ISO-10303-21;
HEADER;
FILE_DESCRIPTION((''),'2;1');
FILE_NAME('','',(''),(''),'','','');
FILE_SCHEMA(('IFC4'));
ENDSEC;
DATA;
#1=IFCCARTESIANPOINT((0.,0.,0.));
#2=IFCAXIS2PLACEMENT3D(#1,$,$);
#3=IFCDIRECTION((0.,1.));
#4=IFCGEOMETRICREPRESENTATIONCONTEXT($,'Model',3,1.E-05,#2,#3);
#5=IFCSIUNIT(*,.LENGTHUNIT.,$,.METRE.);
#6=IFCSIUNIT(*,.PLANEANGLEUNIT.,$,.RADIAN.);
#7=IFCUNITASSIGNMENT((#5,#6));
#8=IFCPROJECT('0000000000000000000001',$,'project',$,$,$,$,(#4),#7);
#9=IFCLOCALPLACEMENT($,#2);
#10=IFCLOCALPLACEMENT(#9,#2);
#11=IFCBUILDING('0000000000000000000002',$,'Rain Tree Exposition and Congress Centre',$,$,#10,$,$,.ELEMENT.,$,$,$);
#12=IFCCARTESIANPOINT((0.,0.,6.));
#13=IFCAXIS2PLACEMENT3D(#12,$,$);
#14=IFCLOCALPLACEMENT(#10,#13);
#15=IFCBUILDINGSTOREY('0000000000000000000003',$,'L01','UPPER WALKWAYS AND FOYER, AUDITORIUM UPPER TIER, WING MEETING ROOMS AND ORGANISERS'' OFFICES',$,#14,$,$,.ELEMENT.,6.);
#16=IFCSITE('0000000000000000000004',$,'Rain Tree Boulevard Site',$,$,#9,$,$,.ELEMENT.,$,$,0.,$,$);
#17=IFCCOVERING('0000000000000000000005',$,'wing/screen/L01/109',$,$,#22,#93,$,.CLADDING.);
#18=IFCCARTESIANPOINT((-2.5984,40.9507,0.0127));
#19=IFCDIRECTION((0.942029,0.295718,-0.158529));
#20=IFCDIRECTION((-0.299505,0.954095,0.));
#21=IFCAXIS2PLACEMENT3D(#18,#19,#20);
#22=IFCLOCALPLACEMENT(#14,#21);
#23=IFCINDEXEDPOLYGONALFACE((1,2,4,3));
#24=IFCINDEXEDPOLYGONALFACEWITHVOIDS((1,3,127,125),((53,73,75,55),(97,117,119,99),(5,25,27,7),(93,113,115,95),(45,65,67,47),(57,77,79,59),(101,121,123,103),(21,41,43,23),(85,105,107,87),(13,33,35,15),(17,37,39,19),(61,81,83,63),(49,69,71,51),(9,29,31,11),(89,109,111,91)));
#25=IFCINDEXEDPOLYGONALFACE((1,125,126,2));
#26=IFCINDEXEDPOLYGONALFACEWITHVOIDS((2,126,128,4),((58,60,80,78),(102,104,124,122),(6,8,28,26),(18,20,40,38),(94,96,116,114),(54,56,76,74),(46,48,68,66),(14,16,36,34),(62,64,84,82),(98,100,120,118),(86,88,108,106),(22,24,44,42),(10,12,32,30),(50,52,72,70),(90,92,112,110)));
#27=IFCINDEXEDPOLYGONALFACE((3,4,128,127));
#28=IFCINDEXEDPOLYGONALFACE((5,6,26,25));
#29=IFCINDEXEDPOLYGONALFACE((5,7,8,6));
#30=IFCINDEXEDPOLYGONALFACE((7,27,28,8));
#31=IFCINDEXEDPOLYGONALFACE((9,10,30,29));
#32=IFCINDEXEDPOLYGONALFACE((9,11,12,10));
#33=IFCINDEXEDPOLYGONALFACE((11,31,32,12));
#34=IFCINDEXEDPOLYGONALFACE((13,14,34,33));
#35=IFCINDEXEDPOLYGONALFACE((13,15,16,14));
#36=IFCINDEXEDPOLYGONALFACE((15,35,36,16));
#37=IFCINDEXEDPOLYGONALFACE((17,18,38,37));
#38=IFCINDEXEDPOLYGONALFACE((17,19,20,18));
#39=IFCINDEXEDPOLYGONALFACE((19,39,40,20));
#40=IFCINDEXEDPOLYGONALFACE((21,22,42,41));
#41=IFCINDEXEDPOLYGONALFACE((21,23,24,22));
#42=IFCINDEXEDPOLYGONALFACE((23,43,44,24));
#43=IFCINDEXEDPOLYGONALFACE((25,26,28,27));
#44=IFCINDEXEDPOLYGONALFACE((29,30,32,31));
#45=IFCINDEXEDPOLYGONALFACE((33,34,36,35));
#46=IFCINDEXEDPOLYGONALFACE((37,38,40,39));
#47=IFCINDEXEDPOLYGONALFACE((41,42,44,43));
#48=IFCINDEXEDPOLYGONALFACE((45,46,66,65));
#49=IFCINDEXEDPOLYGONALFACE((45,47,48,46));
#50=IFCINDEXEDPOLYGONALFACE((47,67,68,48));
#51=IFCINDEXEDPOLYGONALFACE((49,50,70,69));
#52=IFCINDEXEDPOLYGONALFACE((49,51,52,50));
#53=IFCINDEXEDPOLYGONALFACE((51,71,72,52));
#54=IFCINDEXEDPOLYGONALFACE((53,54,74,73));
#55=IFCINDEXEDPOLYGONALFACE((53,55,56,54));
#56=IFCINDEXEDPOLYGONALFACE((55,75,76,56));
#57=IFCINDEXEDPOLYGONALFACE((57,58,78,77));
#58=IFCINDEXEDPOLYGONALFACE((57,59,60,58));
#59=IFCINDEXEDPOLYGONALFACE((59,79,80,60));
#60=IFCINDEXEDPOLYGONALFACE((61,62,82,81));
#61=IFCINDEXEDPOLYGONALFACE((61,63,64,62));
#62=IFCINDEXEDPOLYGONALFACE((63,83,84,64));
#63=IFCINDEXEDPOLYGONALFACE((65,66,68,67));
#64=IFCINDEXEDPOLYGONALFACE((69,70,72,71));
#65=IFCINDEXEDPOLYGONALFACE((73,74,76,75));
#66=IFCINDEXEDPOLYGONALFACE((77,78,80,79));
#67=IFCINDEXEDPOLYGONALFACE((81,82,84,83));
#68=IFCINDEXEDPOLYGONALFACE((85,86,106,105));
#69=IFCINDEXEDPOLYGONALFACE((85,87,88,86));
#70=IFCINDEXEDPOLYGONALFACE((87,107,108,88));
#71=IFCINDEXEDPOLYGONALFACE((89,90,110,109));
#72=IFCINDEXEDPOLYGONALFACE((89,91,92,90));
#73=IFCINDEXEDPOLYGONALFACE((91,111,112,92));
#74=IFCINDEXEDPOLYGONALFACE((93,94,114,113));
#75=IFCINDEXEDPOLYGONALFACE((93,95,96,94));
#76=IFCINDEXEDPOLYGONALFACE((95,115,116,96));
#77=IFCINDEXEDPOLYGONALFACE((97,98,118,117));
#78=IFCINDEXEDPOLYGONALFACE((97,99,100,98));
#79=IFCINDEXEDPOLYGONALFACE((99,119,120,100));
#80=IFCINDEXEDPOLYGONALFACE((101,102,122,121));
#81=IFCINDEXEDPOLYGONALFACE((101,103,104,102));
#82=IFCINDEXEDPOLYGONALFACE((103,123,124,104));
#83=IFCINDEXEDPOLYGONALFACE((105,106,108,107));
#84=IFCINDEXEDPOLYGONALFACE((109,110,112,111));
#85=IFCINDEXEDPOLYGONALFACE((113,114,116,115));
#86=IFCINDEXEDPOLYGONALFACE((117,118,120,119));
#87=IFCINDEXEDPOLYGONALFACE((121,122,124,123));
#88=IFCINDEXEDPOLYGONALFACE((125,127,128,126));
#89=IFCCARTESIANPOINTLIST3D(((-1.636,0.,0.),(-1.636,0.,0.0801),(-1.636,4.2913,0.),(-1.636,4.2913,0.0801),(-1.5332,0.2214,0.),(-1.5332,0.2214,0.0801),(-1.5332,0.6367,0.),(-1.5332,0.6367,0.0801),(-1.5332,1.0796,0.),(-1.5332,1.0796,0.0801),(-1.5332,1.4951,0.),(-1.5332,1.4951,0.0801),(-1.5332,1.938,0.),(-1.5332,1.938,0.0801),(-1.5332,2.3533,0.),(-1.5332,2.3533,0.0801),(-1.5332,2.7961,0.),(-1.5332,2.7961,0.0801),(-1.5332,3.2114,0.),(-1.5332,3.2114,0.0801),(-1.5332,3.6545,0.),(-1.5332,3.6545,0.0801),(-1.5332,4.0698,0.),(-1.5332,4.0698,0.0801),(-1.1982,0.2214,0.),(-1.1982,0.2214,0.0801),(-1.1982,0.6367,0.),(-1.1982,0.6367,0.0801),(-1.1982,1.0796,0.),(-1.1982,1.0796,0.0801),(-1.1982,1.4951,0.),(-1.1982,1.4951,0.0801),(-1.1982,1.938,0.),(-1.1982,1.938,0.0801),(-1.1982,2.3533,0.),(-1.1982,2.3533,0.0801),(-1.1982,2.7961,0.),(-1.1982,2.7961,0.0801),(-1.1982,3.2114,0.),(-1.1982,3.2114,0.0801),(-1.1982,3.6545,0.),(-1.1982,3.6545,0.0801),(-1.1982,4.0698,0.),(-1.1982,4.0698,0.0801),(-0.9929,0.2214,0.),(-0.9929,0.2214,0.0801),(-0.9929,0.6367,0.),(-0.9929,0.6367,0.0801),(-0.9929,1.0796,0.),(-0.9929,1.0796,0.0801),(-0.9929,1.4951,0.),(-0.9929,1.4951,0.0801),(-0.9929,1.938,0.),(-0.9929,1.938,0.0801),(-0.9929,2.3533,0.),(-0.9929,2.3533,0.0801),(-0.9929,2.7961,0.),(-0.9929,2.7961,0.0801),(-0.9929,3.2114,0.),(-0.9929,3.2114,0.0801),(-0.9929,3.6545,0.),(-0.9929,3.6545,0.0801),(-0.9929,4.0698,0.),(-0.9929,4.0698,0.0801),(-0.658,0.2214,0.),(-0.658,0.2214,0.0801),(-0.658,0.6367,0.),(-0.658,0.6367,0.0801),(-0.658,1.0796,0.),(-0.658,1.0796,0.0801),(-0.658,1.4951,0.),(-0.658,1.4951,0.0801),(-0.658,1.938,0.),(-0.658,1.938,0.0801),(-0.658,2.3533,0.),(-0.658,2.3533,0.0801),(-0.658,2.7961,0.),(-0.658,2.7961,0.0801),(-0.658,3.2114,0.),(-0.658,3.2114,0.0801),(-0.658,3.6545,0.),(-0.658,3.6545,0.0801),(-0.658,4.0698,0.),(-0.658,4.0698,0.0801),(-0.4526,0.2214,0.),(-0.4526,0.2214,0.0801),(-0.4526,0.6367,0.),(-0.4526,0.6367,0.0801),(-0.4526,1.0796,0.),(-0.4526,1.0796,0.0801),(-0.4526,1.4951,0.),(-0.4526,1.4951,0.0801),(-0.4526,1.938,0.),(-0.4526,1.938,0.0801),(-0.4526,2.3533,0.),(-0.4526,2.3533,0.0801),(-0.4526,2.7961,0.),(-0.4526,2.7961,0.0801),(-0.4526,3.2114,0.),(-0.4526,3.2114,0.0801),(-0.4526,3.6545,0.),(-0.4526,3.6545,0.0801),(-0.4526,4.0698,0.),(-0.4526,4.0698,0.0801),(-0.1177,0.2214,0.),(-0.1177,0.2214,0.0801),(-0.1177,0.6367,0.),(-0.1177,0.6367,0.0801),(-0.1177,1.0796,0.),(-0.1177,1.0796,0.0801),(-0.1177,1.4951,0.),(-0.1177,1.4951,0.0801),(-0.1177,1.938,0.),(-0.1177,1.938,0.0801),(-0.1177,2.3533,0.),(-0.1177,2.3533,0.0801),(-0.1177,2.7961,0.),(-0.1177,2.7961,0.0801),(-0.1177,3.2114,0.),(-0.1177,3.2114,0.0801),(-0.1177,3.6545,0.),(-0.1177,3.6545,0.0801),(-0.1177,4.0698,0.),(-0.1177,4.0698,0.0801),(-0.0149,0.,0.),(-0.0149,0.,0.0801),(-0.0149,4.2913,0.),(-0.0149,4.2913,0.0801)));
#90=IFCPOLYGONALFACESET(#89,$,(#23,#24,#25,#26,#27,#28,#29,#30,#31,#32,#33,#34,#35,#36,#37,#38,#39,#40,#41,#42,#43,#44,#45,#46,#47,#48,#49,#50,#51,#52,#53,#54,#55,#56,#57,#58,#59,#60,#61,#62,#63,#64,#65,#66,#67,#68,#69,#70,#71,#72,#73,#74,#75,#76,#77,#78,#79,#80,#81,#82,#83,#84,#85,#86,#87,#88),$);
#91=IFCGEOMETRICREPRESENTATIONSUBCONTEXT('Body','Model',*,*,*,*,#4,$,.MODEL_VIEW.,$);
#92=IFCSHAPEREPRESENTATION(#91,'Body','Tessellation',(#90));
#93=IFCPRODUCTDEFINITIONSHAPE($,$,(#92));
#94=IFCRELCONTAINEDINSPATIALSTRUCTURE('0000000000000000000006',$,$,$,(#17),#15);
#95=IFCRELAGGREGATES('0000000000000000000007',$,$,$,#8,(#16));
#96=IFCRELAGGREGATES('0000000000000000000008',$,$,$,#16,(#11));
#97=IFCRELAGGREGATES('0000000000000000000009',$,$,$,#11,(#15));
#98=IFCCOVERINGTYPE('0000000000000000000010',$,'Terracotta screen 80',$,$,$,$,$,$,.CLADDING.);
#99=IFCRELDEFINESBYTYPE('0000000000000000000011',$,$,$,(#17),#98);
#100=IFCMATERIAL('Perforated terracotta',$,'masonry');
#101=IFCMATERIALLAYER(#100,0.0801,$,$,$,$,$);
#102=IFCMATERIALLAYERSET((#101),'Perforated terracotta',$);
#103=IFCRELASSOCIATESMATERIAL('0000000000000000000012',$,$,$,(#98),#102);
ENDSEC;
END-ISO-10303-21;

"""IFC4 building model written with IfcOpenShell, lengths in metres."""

from ifc_helpers import new_model, si_unit, direction, frame, origin, place, context, subcontext, project, spatial, polyline, outline, extrude, material, layer, layer_set, type_object, element, save


model = new_model("IFC4")

# Units and contexts
model_context = context("Model", 3, precision=1e-05, world=origin(), true_north=direction((0.0, 1.0)))
body_context = subcontext(model_context, "Body", "Model", "MODEL_VIEW")
ifc_project = project(units=[si_unit("LENGTHUNIT", "METRE"), si_unit("PLANEANGLEUNIT", "RADIAN")], contexts=[model_context])

# Site, building, storey
site_placement = place(None, origin())
site = spatial("IfcSite", under=ifc_project, at=site_placement, Name="Rain Tree Boulevard Site", CompositionType="ELEMENT", RefElevation=0.0)
building_placement = place(site_placement, origin())
building = spatial("IfcBuilding", under=site, at=building_placement, Name="Rain Tree Exposition and Congress Centre", CompositionType="ELEMENT")
storey_placement = place(building_placement, frame((0.0, 0.0, 6.0)))
storey = spatial("IfcBuildingStorey", under=building, at=storey_placement, Name="L01", Description="UPPER WALKWAYS AND FOYER, AUDITORIUM UPPER TIER, WING MEETING ROOMS AND ORGANISERS' OFFICES", CompositionType="ELEMENT", Elevation=6.0)

# Covering
ifc_material_1 = material(Name="Perforated terracotta", Category="masonry")
ifc_layer_1 = layer(ifc_material_1, 0.0801)
ifc_layer_set_1 = layer_set([ifc_layer_1], Name="Perforated terracotta")
covering_type = type_object("IfcCoveringType", Name="Terracotta screen 80", PredefinedType="CLADDING", material=ifc_layer_set_1)
covering_1_placement = place(storey_placement, frame((-2.5984, 40.9507, 0.0127), z_axis=(0.942029, 0.295718, -0.158529), x_axis=(-0.299505, 0.954095, 0.0)))
element("IfcCovering", 1, at=covering_1_placement, inside=storey, type_object=covering_type, Name="wing/screen/L01/109", PredefinedType="CLADDING", context=body_context, shape_type="SweptSolid", body=[
    extrude(outline(polyline([(-1.636, 0.0), (-1.636, 4.2913), (-0.0149, 4.2913), (-0.0149, 0.0), (-1.636, 0.0)]), holes=[polyline([(-0.1177, 0.2214), (-0.1177, 0.6367), (-0.4526, 0.6367), (-0.4526, 0.2214), (-0.1177, 0.2214)]), polyline([(-0.1177, 1.0796), (-0.1177, 1.4951), (-0.4526, 1.4951), (-0.4526, 1.0796), (-0.1177, 1.0796)]), polyline([(-0.1177, 1.938), (-0.1177, 2.3533), (-0.4526, 2.3533), (-0.4526, 1.938), (-0.1177, 1.938)]), polyline([(-0.1177, 2.7961), (-0.1177, 3.2114), (-0.4526, 3.2114), (-0.4526, 2.7961), (-0.1177, 2.7961)]), polyline([(-0.1177, 3.6545), (-0.1177, 4.0698), (-0.4526, 4.0698), (-0.4526, 3.6545), (-0.1177, 3.6545)]), polyline([(-0.658, 0.2214), (-0.658, 0.6367), (-0.9929, 0.6367), (-0.9929, 0.2214), (-0.658, 0.2214)]), polyline([(-0.658, 1.0796), (-0.658, 1.4951), (-0.9929, 1.4951), (-0.9929, 1.0796), (-0.658, 1.0796)]), polyline([(-0.658, 1.938), (-0.658, 2.3533), (-0.9929, 2.3533), (-0.9929, 1.938), (-0.658, 1.938)]), polyline([(-0.658, 2.7961), (-0.658, 3.2114), (-0.9929, 3.2114), (-0.9929, 2.7961), (-0.658, 2.7961)]), polyline([(-0.658, 3.6545), (-0.658, 4.0698), (-0.9929, 4.0698), (-0.9929, 3.6545), (-0.658, 3.6545)]), polyline([(-1.1982, 0.2214), (-1.1982, 0.6367), (-1.5332, 0.6367), (-1.5332, 0.2214), (-1.1982, 0.2214)]), polyline([(-1.1982, 1.0796), (-1.1982, 1.4951), (-1.5332, 1.4951), (-1.5332, 1.0796), (-1.1982, 1.0796)]), polyline([(-1.1982, 1.938), (-1.1982, 2.3533), (-1.5332, 2.3533), (-1.5332, 1.938), (-1.1982, 1.938)]), polyline([(-1.1982, 2.7961), (-1.1982, 3.2114), (-1.5332, 3.2114), (-1.5332, 2.7961), (-1.1982, 2.7961)]), polyline([(-1.1982, 3.6545), (-1.1982, 4.0698), (-1.5332, 4.0698), (-1.5332, 3.6545), (-1.1982, 3.6545)])]), origin(), (0.0, 0.0, 1.0), 0.0801),
])

save(model, "model.ifc")
